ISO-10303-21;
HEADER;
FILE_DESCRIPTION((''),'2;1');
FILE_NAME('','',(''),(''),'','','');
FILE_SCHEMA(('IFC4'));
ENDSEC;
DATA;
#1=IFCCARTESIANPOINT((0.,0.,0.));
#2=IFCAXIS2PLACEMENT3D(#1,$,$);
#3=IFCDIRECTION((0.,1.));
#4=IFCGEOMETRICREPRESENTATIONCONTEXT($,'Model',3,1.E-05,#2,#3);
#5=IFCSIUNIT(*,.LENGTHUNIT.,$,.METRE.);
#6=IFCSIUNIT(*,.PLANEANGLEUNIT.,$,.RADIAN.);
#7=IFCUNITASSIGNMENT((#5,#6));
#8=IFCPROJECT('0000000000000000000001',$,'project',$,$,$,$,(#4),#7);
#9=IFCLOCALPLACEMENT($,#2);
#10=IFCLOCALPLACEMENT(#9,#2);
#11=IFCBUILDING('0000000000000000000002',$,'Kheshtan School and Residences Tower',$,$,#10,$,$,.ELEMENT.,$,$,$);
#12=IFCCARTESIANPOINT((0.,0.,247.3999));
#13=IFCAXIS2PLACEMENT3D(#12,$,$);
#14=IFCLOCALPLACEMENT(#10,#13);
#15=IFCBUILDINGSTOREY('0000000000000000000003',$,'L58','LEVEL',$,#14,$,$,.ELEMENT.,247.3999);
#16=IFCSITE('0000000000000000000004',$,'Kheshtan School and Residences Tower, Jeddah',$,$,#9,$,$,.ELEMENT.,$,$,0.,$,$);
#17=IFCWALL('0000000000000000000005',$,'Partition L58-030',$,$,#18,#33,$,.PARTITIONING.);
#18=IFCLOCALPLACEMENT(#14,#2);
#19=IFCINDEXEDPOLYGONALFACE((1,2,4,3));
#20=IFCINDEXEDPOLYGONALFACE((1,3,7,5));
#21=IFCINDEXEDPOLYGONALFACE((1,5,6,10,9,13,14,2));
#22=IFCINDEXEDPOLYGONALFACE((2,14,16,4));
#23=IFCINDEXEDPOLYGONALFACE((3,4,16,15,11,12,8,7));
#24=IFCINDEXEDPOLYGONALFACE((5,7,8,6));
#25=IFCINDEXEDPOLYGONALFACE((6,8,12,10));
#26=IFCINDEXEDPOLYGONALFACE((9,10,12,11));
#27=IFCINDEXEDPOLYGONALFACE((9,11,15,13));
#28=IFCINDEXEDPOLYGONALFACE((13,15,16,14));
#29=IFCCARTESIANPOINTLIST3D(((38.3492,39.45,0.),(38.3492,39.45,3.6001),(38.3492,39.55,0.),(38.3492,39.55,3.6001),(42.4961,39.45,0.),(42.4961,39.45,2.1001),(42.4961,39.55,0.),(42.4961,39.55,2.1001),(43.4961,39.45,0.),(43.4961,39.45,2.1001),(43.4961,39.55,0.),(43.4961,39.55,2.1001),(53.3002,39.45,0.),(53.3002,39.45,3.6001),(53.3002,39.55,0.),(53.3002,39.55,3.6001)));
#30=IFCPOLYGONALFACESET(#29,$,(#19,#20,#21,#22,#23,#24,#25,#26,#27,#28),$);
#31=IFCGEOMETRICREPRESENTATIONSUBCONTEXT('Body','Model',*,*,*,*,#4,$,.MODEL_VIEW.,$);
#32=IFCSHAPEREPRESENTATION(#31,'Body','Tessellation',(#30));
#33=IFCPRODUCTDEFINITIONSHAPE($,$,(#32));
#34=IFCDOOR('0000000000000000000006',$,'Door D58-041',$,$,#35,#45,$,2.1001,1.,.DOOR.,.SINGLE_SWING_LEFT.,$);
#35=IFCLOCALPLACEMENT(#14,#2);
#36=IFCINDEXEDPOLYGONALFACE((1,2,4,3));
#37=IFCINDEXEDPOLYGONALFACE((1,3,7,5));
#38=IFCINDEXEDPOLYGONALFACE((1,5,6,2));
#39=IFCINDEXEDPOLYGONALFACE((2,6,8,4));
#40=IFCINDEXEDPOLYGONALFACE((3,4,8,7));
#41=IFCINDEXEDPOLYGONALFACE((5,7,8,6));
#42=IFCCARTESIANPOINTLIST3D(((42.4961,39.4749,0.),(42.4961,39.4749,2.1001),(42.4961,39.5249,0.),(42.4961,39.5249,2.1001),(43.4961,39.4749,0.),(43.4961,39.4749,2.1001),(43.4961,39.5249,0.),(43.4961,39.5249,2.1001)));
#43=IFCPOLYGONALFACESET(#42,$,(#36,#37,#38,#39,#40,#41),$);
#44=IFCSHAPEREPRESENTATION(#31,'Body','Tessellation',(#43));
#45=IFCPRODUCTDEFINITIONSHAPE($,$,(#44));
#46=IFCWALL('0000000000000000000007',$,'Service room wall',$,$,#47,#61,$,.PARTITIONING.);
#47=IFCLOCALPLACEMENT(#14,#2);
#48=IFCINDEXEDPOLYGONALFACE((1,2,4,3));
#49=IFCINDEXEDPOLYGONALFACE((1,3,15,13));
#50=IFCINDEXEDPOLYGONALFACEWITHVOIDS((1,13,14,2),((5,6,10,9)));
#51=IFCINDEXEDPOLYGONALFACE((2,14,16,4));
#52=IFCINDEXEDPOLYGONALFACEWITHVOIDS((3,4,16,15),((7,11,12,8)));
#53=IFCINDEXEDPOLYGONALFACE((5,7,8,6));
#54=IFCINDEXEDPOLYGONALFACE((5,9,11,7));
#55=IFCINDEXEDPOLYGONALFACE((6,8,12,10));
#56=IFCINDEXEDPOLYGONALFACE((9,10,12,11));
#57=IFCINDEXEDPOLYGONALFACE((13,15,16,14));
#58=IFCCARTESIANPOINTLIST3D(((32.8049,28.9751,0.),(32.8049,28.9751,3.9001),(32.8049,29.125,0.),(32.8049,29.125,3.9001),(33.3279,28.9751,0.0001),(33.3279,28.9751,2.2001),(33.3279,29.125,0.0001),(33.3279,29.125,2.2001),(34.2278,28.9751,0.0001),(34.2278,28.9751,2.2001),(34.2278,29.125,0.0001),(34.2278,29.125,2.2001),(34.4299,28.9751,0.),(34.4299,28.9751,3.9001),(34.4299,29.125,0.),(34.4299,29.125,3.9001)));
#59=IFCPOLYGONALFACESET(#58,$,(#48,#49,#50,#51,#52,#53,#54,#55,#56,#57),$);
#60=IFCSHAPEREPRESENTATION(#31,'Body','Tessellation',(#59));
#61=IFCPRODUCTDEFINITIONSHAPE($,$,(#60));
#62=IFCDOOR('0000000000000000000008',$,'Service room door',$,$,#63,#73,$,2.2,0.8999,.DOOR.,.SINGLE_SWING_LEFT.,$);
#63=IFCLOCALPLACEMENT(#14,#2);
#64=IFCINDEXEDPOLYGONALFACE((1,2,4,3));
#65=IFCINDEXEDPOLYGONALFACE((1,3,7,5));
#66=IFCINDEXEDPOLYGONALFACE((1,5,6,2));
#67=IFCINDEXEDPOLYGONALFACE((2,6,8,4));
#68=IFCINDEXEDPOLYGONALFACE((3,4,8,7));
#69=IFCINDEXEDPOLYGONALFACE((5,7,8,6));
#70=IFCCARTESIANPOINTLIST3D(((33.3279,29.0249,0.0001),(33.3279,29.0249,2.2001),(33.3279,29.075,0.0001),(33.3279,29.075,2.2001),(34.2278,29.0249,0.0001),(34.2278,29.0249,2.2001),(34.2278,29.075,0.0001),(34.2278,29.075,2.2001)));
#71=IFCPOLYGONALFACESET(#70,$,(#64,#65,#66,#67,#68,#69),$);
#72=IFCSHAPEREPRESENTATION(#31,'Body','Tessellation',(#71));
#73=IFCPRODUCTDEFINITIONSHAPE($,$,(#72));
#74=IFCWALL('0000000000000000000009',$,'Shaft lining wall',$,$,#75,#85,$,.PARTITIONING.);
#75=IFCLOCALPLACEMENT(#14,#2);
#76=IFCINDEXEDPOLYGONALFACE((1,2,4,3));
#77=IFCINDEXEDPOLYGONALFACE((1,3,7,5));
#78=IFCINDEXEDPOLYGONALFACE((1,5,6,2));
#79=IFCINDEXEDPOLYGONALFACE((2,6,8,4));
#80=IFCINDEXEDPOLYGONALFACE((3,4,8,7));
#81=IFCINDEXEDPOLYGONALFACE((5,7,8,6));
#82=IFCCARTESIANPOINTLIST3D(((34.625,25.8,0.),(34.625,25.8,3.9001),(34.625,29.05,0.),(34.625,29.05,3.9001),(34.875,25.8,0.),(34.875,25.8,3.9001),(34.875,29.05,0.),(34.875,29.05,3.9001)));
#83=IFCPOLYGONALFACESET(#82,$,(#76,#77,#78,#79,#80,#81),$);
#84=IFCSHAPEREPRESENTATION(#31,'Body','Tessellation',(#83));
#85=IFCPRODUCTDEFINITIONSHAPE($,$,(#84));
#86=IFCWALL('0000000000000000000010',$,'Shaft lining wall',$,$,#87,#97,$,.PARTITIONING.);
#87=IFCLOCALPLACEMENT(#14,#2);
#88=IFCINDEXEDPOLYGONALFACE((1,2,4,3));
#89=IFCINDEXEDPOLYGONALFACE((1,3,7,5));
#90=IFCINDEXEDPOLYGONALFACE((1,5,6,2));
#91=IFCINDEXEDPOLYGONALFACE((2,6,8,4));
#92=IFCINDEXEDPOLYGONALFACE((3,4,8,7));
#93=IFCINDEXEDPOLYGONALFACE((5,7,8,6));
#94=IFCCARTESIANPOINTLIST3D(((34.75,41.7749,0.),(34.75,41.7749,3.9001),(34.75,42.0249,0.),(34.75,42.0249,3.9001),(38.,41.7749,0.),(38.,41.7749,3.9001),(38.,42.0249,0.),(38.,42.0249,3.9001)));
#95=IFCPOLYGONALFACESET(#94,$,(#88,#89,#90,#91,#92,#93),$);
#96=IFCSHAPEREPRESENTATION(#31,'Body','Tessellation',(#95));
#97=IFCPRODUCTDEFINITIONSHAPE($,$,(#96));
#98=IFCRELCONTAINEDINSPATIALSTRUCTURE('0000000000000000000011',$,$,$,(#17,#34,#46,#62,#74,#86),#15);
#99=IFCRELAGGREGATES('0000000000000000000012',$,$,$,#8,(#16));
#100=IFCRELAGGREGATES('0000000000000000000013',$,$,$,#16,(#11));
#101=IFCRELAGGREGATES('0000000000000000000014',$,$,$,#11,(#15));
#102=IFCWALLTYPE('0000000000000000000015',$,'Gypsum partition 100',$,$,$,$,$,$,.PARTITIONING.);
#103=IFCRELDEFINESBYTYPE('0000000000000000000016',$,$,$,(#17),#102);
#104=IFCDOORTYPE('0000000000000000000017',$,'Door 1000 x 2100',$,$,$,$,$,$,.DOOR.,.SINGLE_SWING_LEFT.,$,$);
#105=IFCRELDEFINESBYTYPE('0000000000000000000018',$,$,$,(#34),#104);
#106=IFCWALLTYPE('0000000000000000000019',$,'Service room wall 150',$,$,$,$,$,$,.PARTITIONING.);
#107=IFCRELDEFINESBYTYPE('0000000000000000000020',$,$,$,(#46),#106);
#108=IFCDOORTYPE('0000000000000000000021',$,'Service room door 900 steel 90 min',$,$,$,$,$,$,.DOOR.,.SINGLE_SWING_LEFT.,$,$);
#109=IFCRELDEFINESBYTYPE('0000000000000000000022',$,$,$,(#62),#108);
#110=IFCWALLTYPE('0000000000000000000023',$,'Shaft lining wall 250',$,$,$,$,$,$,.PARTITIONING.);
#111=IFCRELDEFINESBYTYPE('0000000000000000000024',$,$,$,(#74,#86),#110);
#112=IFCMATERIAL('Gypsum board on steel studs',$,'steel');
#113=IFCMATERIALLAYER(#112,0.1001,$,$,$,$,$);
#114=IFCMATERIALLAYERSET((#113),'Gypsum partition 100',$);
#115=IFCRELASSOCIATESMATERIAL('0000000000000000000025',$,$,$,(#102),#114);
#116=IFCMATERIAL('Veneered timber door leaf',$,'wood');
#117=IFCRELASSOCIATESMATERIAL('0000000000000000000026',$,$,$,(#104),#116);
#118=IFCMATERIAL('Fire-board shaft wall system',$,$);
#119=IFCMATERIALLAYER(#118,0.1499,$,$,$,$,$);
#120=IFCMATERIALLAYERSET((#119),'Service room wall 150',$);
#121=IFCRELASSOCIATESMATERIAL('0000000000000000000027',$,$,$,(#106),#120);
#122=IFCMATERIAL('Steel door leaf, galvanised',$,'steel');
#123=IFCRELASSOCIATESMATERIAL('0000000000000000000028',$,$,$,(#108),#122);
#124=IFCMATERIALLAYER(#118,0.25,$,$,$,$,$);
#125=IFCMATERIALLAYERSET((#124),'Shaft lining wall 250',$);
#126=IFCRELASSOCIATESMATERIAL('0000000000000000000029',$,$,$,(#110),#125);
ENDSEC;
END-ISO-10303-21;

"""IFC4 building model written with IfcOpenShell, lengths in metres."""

from ifc_helpers import new_model, si_unit, direction, frame, frame_2d, origin, place, context, subcontext, project, spatial, rectangle, extrude, source, transform, mapped, material, layer, layer_set, type_object, element, fill, save


model = new_model("IFC4")

# Units and contexts
model_context = context("Model", 3, precision=1e-05, world=origin(), true_north=direction((0.0, 1.0)))
body_context = subcontext(model_context, "Body", "Model", "MODEL_VIEW")
ifc_project = project(units=[si_unit("LENGTHUNIT", "METRE"), si_unit("PLANEANGLEUNIT", "RADIAN")], contexts=[model_context])

# Site, building, storey
site_placement = place(None, origin())
site = spatial("IfcSite", under=ifc_project, at=site_placement, Name="Kheshtan School and Residences Tower, Jeddah", CompositionType="ELEMENT", RefElevation=0.0)
building_placement = place(site_placement, origin())
building = spatial("IfcBuilding", under=site, at=building_placement, Name="Kheshtan School and Residences Tower", CompositionType="ELEMENT")
storey_placement = place(building_placement, frame((0.0, 0.0, 247.3999)))
storey = spatial("IfcBuildingStorey", under=building, at=storey_placement, Name="L58", Description="LEVEL", CompositionType="ELEMENT", Elevation=247.3999)

# Shared definitions
ifc_material_1 = material(Name="Steel door leaf, galvanised", Category="steel")

# Shared definitions
ifc_material_2 = material(Name="Gypsum board on steel studs", Category="steel")
ifc_layer_1 = layer(ifc_material_2, 0.1001)
ifc_layer_set_1 = layer_set([ifc_layer_1], Name="Gypsum partition 100")
wall_type_1 = type_object("IfcWallType", Name="Gypsum partition 100", PredefinedType="PARTITIONING", material=ifc_layer_set_1)

# Walls, openings, doors
wall_1_placement = place(storey_placement, frame((38.3491, 39.5, 0.0), z_axis=(0.0, 0.0, 1.0), x_axis=(1.0, 0.0, 0.0)))
wall_1 = element("IfcWall", 1, at=wall_1_placement, inside=storey, type_object=wall_type_1, Name="Partition L58-030", PredefinedType="PARTITIONING", context=body_context, shape_type="SweptSolid", body=[
    extrude(rectangle(XDim=14.9509, YDim=0.1001, at=frame_2d((7.4756, 0.0))), origin(), (0.0, 0.0, 1.0), 3.6001),
])
opening_1_placement = place(wall_1_placement, frame((4.147, 0.0, 0.0)))
opening_1 = element("IfcOpeningElement", 2, at=opening_1_placement, cuts=wall_1, PredefinedType="OPENING", context=body_context, shape_type="SweptSolid", body=[
    extrude(rectangle(XDim=1.0, YDim=2.1001, at=frame_2d((0.5, 1.05))), frame((0.0, 0.0601, 0.0), z_axis=(0.0, -1.0, 0.0), x_axis=(1.0, 0.0, 0.0)), (0.0, 0.0, 1.0), 0.1201),
])
ifc_material_3 = material(Name="Veneered timber door leaf", Category="wood")
door_type_1 = type_object("IfcDoorType", Name="Door 1000 x 2100", OperationType="SINGLE_SWING_LEFT", PredefinedType="DOOR", material=ifc_material_3)
shared_shape_1 = source(origin(), body_context, "Body", "SweptSolid", [
    extrude(rectangle(XDim=1.0, YDim=2.1001, at=frame_2d((0.5, 1.05))), frame((0.0, 0.0249, 0.0), z_axis=(0.0, -1.0, 0.0), x_axis=(1.0, 0.0, 0.0)), (0.0, 0.0, 1.0), 0.05),
])
door_1_placement = place(opening_1_placement, origin())
door_1 = element("IfcDoor", 3, at=door_1_placement, inside=storey, type_object=door_type_1, Name="Door D58-041", OperationType="SINGLE_SWING_LEFT", OverallHeight=2.1001, OverallWidth=1.0, PredefinedType="DOOR", context=body_context, shape_type="MappedRepresentation", body=[
    mapped(shared_shape_1, transform((0.0, 0.0, 0.0), x_axis=(1.0, 0.0, 0.0), y_axis=(0.0, 1.0, 0.0), z_axis=(0.0, 0.0, 1.0), scale=1.0)),
])
fill(opening_1, door_1)
ifc_material_4 = material(Name="Fire-board shaft wall system")
ifc_layer_2 = layer(ifc_material_4, 0.1499)
ifc_layer_set_2 = layer_set([ifc_layer_2], Name="Service room wall 150")
wall_type_2 = type_object("IfcWallType", Name="Service room wall 150", PredefinedType="PARTITIONING", material=ifc_layer_set_2)
wall_2_placement = place(storey_placement, frame((32.8049, 29.05, 0.0), z_axis=(0.0, 0.0, 1.0), x_axis=(1.0, 0.0, 0.0)))
wall_2 = element("IfcWall", 4, at=wall_2_placement, inside=storey, type_object=wall_type_2, Name="Service room wall", PredefinedType="PARTITIONING", context=body_context, shape_type="SweptSolid", body=[
    extrude(rectangle(XDim=1.625, YDim=0.1499, at=frame_2d((0.8125, 0.0))), origin(), (0.0, 0.0, 1.0), 3.9001),
])
opening_2_placement = place(wall_2_placement, frame((0.5229, 0.0, 0.0)))
opening_2 = element("IfcOpeningElement", 5, at=opening_2_placement, cuts=wall_2, PredefinedType="OPENING", context=body_context, shape_type="SweptSolid", body=[
    extrude(rectangle(XDim=0.8999, YDim=2.2, at=frame_2d((0.45, 1.1001))), frame((0.0, 0.085, 0.0), z_axis=(0.0, -1.0, 0.0), x_axis=(1.0, 0.0, 0.0)), (0.0, 0.0, 1.0), 0.1699),
])
door_type_2 = type_object("IfcDoorType", Name="Service room door 900 steel 90 min", OperationType="SINGLE_SWING_LEFT", PredefinedType="DOOR", material=ifc_material_1)
shared_shape_2 = source(origin(), body_context, "Body", "SweptSolid", [
    extrude(rectangle(XDim=0.8999, YDim=2.2, at=frame_2d((0.45, 1.1001))), frame((0.0, 0.0249, 0.0), z_axis=(0.0, -1.0, 0.0), x_axis=(1.0, 0.0, 0.0)), (0.0, 0.0, 1.0), 0.05),
])
door_2_placement = place(opening_2_placement, origin())
door_2 = element("IfcDoor", 6, at=door_2_placement, inside=storey, type_object=door_type_2, Name="Service room door", OperationType="SINGLE_SWING_LEFT", OverallHeight=2.2, OverallWidth=0.8999, PredefinedType="DOOR", context=body_context, shape_type="MappedRepresentation", body=[
    mapped(shared_shape_2, transform((0.0, 0.0, 0.0), x_axis=(1.0, 0.0, 0.0), y_axis=(0.0, 1.0, 0.0), z_axis=(0.0, 0.0, 1.0), scale=1.0)),
])
fill(opening_2, door_2)

# Walls
ifc_layer_3 = layer(ifc_material_4, 0.25)
ifc_layer_set_3 = layer_set([ifc_layer_3], Name="Shaft lining wall 250")
wall_type_3 = type_object("IfcWallType", Name="Shaft lining wall 250", PredefinedType="PARTITIONING", material=ifc_layer_set_3)
for number, where, z_axis, x_axis, name in (
    (7, (34.75, 25.8, 0.0), (0.0, 0.0, 1.0), (0.0, 1.0, 0.0), "Shaft lining wall"),
    (8, (34.75, 41.8999, 0.0), (0.0, 0.0, 1.0), (1.0, 0.0, 0.0), "Shaft lining wall"),
):
    element("IfcWall", number, at=place(storey_placement, frame(where, z_axis=z_axis, x_axis=x_axis)), inside=storey, type_object=wall_type_3, Name=name, PredefinedType="PARTITIONING", context=body_context, shape_type="SweptSolid", body=[
        extrude(rectangle(XDim=3.25, YDim=0.25, at=frame_2d((1.625, 0.0))), origin(), (0.0, 0.0, 1.0), 3.9001),
    ])

save(model, "model.ifc")
